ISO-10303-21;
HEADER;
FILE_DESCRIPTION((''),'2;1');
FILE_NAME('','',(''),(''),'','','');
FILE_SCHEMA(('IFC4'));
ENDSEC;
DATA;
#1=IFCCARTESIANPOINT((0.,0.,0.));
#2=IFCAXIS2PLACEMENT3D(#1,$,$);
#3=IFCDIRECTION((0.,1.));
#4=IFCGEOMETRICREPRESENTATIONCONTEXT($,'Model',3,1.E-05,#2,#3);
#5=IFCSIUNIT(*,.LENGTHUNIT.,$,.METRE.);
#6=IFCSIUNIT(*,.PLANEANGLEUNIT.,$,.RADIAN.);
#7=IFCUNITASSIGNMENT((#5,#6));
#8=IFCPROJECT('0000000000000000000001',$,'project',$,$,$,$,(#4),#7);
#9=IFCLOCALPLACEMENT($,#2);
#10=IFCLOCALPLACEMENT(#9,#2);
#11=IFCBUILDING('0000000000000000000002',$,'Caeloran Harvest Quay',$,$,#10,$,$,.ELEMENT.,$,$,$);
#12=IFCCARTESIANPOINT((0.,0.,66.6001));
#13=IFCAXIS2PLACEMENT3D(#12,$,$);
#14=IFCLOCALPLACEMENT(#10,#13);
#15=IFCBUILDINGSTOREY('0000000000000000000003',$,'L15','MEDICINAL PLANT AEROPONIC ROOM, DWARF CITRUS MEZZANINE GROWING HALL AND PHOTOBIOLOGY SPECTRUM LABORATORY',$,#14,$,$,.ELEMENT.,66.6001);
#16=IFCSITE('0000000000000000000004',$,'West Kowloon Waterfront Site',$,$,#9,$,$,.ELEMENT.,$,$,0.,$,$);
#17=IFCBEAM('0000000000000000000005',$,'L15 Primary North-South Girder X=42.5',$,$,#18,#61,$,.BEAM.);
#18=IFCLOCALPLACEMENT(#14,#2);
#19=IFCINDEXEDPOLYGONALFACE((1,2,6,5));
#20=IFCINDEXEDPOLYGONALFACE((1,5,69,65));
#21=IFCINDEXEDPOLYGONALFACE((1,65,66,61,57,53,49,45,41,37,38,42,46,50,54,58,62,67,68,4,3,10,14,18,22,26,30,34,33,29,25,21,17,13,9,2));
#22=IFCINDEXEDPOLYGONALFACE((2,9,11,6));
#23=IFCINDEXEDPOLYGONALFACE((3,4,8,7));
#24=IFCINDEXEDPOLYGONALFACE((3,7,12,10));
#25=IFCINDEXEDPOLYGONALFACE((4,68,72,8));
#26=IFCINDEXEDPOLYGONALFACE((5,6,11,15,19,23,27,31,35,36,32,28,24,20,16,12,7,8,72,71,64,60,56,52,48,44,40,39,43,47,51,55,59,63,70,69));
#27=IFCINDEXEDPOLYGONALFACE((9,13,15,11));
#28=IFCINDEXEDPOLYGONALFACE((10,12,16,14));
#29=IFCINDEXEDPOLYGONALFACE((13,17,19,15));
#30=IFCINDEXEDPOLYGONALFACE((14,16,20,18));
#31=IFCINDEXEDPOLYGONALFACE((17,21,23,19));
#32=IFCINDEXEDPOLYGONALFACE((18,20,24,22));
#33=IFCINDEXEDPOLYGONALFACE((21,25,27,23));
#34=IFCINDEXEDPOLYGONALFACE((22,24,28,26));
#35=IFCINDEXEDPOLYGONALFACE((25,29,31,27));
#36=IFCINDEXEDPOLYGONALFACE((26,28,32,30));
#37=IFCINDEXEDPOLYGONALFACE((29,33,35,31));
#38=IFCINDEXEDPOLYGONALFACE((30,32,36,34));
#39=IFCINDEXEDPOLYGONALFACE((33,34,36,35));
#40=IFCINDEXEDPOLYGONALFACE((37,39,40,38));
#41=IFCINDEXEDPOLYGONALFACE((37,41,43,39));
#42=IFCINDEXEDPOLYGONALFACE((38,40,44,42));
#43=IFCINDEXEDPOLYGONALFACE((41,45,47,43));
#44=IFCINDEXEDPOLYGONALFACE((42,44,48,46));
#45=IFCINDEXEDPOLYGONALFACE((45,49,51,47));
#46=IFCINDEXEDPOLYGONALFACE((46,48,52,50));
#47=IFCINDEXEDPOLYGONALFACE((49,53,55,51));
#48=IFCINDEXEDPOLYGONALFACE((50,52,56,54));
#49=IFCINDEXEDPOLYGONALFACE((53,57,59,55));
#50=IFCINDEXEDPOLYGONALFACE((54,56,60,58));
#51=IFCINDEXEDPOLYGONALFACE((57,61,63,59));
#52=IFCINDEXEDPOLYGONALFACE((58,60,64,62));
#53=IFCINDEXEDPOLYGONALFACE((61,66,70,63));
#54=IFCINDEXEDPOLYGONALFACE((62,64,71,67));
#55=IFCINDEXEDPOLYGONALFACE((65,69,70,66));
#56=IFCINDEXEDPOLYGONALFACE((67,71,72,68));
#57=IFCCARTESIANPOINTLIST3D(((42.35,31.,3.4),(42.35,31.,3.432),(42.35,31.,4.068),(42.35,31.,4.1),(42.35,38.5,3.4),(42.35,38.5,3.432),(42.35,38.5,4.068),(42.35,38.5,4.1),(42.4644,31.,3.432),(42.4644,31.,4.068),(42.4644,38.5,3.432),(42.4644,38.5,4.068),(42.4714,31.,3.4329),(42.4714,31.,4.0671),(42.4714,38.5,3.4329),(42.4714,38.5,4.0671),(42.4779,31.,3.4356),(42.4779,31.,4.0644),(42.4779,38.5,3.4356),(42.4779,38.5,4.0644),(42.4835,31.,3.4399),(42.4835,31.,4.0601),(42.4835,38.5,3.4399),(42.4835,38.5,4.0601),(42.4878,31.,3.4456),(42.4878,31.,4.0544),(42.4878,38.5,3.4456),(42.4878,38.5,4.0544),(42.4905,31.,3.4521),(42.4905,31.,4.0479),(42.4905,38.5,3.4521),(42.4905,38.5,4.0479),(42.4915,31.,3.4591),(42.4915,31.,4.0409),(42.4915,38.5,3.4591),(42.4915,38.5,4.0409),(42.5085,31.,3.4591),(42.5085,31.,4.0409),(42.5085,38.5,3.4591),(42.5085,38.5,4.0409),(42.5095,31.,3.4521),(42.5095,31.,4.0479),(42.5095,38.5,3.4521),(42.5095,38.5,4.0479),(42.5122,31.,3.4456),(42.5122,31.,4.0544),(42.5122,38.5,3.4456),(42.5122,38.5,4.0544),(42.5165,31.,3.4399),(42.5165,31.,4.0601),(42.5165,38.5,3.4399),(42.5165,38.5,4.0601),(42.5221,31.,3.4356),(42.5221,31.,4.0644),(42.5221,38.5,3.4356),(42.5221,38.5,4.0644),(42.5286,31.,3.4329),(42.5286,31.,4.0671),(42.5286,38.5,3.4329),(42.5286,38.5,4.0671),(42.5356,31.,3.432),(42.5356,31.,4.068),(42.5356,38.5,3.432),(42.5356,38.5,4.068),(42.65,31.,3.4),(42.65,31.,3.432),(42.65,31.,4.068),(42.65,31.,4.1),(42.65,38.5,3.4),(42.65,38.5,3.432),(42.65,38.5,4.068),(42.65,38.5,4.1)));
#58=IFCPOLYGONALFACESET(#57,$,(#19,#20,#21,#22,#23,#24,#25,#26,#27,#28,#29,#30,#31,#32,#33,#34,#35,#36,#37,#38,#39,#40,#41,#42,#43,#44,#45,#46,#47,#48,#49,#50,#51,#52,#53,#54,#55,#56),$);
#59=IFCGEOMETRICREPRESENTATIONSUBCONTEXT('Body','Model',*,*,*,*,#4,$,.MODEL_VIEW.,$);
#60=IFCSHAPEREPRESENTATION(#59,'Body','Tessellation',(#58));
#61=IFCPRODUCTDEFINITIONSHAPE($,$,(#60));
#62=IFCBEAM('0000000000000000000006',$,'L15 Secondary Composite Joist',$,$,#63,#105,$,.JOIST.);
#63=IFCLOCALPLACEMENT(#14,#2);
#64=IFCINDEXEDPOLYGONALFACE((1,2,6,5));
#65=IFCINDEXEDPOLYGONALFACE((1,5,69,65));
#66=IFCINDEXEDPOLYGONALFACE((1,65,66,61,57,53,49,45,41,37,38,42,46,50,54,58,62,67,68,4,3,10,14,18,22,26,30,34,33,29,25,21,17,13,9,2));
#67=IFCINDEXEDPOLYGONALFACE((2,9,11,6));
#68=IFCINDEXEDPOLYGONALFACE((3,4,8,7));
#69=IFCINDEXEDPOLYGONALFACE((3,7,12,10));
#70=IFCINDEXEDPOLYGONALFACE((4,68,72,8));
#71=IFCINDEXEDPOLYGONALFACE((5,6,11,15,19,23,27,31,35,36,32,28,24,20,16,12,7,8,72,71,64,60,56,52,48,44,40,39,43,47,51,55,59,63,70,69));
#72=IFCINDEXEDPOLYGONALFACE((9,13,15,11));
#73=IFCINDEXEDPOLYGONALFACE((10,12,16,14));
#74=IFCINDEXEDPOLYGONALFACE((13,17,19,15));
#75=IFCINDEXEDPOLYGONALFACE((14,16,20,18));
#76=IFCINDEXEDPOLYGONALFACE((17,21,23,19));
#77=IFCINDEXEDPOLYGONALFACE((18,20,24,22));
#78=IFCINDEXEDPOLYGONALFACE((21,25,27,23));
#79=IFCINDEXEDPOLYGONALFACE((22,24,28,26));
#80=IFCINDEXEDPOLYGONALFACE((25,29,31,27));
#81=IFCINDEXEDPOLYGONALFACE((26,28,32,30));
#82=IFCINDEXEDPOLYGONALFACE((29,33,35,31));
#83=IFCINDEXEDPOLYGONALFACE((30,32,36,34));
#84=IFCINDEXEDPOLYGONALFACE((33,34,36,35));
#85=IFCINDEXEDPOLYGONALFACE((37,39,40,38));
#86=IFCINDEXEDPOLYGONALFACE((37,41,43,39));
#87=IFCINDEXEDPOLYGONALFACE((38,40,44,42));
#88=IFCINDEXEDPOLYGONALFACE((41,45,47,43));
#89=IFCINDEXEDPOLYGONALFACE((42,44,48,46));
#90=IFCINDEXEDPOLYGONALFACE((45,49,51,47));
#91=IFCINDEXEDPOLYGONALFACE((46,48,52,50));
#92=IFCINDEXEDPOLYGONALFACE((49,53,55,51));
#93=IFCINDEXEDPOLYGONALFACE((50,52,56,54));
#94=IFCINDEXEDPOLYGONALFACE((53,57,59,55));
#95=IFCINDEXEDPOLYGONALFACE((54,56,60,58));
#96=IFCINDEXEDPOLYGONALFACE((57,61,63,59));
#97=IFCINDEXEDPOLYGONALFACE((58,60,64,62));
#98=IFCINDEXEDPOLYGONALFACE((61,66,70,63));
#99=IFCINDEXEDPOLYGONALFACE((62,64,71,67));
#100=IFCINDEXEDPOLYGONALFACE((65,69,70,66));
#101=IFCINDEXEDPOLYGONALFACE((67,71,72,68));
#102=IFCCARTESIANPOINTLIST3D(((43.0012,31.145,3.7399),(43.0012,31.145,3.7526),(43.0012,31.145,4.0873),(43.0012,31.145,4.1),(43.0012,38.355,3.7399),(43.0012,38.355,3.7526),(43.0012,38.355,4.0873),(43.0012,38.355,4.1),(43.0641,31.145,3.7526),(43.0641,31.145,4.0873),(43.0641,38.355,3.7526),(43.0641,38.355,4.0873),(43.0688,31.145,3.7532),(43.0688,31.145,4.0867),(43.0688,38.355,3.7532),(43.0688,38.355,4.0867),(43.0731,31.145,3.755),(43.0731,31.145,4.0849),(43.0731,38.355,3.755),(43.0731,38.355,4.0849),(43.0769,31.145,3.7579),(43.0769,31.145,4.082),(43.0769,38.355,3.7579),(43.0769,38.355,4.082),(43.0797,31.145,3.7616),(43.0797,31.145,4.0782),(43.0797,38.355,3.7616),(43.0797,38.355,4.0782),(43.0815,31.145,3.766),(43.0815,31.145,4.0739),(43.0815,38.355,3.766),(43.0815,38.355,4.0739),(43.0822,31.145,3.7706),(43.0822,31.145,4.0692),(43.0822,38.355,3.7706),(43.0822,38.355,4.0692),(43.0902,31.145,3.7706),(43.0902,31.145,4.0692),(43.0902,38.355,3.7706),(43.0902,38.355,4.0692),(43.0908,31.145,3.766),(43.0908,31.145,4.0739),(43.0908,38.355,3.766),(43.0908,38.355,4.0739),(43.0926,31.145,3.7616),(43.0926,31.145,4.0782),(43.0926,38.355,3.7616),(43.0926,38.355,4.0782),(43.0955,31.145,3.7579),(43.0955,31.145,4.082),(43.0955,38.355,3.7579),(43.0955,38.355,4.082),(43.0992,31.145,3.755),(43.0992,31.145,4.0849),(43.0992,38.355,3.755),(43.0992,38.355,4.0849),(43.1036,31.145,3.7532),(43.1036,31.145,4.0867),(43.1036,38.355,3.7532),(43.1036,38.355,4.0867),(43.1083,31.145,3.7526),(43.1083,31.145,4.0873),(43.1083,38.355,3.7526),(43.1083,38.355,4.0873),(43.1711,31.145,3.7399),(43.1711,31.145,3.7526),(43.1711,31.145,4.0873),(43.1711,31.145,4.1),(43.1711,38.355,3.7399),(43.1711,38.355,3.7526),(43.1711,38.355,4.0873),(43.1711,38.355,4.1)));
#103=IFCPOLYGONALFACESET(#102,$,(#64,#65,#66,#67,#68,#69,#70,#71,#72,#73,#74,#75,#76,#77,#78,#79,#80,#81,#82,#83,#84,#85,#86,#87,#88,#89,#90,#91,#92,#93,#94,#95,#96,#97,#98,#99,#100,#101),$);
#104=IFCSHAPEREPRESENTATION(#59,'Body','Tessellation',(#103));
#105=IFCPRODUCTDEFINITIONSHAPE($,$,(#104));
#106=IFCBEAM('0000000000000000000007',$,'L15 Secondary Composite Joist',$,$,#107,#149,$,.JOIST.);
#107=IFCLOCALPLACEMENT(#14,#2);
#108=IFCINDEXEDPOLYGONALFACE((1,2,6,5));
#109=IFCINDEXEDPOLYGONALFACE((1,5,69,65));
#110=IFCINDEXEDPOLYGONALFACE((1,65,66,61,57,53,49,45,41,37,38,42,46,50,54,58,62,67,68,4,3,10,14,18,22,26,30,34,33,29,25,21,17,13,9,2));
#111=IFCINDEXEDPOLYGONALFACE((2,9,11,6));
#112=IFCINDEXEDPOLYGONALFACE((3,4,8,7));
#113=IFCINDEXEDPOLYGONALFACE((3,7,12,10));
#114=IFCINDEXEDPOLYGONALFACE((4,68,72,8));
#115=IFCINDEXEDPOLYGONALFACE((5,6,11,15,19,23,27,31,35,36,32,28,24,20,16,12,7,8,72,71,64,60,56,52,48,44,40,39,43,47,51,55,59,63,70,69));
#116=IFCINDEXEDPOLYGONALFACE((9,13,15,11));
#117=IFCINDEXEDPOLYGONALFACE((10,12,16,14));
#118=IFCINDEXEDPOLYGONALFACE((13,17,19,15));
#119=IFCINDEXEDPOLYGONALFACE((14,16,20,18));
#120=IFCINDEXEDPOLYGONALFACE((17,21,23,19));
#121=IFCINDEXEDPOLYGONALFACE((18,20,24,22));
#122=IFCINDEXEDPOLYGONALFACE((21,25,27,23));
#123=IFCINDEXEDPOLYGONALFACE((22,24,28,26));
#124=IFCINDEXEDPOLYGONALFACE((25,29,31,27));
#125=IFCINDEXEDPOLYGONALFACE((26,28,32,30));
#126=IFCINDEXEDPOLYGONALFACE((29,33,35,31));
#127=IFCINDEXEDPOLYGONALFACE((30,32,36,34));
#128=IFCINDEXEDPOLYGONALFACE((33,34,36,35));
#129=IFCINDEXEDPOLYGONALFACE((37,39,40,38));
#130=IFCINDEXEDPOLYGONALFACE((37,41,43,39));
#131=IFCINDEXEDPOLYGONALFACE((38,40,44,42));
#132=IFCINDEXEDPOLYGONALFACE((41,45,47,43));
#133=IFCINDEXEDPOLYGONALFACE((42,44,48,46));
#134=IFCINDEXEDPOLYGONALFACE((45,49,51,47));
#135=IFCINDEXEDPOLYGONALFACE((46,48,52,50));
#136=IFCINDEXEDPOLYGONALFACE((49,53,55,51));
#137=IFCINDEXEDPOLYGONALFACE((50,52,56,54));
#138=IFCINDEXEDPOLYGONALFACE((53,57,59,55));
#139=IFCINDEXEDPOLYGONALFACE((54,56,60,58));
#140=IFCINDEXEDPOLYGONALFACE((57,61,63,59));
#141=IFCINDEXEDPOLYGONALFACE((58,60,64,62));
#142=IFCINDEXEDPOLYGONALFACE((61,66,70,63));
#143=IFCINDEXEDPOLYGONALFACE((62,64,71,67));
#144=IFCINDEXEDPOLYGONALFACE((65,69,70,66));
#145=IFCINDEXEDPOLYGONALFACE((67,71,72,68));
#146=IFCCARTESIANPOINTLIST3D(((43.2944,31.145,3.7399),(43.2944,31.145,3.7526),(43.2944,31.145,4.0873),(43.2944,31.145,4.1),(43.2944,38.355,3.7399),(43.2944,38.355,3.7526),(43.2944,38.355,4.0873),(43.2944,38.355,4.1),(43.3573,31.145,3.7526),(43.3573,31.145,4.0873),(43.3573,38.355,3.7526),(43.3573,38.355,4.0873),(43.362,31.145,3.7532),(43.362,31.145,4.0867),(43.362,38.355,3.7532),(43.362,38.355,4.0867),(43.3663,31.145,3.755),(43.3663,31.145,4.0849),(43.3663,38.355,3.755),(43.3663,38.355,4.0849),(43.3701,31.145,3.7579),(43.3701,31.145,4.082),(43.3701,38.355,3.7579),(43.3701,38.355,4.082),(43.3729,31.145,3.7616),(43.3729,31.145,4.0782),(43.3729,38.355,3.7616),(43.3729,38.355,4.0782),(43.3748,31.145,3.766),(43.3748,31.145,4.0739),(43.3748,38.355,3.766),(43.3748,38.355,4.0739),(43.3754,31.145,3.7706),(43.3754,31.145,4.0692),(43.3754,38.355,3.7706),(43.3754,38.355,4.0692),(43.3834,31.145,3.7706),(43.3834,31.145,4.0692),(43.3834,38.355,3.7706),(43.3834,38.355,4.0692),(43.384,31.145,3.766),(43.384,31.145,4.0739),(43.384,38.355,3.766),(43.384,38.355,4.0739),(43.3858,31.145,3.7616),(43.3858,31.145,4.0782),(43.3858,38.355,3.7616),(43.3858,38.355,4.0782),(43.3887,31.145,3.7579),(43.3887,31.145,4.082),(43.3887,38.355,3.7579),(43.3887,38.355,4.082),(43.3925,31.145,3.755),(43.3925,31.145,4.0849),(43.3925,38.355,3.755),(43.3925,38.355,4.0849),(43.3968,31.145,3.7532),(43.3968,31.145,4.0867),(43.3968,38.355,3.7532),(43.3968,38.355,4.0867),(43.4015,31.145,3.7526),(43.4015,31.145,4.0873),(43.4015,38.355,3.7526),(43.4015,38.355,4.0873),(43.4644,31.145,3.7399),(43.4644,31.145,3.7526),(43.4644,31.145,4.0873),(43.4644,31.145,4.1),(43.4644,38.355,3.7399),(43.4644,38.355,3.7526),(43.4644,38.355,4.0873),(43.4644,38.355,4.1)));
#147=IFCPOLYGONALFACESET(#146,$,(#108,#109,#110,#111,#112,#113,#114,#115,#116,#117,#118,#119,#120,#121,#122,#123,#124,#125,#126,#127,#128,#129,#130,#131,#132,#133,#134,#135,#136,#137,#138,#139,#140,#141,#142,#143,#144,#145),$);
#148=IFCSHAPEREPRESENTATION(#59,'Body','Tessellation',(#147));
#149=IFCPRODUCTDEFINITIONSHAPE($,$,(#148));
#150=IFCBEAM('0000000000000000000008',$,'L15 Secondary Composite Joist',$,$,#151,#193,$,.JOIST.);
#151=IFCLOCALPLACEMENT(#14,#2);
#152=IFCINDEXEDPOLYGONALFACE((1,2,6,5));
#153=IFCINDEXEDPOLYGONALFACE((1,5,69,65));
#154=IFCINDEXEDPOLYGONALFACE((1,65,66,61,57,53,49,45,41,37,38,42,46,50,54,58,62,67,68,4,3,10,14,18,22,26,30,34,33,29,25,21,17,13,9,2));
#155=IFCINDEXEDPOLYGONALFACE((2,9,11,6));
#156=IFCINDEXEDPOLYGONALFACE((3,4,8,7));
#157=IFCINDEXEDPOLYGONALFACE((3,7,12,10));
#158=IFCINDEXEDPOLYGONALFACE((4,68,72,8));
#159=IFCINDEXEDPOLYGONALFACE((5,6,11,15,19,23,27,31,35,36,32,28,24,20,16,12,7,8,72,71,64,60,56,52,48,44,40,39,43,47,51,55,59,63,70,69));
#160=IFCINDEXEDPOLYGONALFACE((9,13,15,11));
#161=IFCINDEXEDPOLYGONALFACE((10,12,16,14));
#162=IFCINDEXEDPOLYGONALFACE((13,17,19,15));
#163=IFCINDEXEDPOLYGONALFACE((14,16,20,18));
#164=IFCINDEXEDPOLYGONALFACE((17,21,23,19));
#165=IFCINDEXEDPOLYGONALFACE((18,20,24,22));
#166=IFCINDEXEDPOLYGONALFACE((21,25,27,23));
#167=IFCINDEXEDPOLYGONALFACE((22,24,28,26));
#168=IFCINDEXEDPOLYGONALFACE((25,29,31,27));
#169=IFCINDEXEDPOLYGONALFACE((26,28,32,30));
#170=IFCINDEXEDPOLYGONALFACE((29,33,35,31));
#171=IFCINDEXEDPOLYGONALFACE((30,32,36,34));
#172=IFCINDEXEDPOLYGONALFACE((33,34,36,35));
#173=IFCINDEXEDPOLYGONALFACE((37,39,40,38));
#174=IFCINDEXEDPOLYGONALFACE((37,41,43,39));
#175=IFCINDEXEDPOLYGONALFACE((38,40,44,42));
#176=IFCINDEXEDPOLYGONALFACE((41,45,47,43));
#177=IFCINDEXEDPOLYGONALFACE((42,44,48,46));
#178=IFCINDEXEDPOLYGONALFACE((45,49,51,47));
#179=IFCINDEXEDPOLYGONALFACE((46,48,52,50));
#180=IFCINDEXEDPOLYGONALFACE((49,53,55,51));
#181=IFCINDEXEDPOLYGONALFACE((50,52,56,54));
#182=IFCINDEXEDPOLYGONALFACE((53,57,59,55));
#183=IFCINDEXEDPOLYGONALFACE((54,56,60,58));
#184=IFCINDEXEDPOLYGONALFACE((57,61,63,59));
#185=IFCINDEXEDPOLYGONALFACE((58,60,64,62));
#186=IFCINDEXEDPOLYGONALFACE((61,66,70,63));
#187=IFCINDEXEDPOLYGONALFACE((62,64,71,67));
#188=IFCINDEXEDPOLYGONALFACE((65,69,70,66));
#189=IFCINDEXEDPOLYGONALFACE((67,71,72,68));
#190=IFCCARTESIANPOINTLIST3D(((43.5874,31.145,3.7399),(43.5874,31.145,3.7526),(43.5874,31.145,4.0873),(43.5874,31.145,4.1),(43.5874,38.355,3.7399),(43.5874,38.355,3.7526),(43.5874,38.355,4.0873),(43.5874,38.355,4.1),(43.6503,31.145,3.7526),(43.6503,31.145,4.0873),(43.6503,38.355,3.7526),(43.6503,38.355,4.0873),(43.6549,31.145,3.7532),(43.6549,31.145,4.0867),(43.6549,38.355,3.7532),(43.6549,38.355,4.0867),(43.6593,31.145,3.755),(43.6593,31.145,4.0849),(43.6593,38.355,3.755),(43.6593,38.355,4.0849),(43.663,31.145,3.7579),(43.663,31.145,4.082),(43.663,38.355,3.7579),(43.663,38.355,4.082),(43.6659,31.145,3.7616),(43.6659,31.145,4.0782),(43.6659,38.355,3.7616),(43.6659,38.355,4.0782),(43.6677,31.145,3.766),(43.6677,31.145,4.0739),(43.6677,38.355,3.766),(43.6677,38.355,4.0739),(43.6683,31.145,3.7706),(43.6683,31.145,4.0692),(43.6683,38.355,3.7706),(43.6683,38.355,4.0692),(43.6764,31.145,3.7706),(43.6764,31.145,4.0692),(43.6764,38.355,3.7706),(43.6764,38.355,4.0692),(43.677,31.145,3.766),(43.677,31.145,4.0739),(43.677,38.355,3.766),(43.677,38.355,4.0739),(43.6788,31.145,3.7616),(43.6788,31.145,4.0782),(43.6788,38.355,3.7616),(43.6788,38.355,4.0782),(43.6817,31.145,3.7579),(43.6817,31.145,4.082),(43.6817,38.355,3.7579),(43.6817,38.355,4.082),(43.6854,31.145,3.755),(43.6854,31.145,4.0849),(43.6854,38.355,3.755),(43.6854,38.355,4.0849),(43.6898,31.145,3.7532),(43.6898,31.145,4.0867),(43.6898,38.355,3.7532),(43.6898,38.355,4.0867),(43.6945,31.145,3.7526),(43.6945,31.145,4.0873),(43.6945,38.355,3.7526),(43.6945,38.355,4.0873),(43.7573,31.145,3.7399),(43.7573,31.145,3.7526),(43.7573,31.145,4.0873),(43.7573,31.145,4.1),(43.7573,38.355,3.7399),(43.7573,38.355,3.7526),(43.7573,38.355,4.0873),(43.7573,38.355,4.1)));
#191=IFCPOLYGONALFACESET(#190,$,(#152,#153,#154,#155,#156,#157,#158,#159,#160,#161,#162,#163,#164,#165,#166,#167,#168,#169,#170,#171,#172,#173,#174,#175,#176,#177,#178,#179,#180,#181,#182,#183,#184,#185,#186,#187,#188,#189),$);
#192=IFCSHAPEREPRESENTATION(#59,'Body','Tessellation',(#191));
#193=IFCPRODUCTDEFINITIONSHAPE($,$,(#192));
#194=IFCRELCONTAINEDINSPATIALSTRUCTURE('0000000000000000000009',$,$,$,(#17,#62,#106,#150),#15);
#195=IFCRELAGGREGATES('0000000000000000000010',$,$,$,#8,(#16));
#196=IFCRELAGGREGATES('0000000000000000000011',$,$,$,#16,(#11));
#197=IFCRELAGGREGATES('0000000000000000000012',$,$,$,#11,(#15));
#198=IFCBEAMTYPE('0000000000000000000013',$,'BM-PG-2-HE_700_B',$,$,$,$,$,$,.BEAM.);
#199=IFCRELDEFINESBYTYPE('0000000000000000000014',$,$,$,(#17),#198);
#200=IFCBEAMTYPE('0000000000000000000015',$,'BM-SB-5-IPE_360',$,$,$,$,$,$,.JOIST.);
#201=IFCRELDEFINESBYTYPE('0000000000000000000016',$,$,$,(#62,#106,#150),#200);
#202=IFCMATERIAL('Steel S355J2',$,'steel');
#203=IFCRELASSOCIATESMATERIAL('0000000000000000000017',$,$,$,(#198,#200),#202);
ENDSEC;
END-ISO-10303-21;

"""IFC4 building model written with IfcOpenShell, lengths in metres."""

from ifc_helpers import new_model, si_unit, direction, frame, origin, origin_2d, place, context, subcontext, project, spatial, i_section, extrude, material, material_profile, profile_set, type_object, element, save


model = new_model("IFC4")

# Units and contexts
model_context = context("Model", 3, precision=1e-05, world=origin(), true_north=direction((0.0, 1.0)))
body_context = subcontext(model_context, "Body", "Model", "MODEL_VIEW")
ifc_project = project(units=[si_unit("LENGTHUNIT", "METRE"), si_unit("PLANEANGLEUNIT", "RADIAN")], contexts=[model_context])

# Site, building, storey
site_placement = place(None, origin())
site = spatial("IfcSite", under=ifc_project, at=site_placement, Name="West Kowloon Waterfront Site", CompositionType="ELEMENT", RefElevation=0.0)
building_placement = place(site_placement, origin())
building = spatial("IfcBuilding", under=site, at=building_placement, Name="Caeloran Harvest Quay", CompositionType="ELEMENT")
storey_placement = place(building_placement, frame((0.0, 0.0, 66.6001)))
storey = spatial("IfcBuildingStorey", under=building, at=storey_placement, Name="L15", Description="MEDICINAL PLANT AEROPONIC ROOM, DWARF CITRUS MEZZANINE GROWING HALL AND PHOTOBIOLOGY SPECTRUM LABORATORY", CompositionType="ELEMENT", Elevation=66.6001)

# Beams
ifc_material_1 = material(Name="Steel S355J2", Category="steel")
ifc_material_profile_1 = material_profile(ifc_material_1, i_section(OverallWidth=0.3, OverallDepth=0.7, WebThickness=0.0171, FlangeThickness=0.032, FilletRadius=0.0271, at=origin_2d()), Name="HE 700 B")
ifc_profile_set_1 = profile_set([ifc_material_profile_1], Name="Steel S355J2")
beam_type_1 = type_object("IfcBeamType", Name="BM-PG-2-HE_700_B", PredefinedType="BEAM", material=ifc_profile_set_1)
beam_placement = place(storey_placement, frame((42.5, 31.0, 3.75), z_axis=(0.0, 1.0, 0.0), x_axis=(-1.0, 0.0, 0.0)))
element("IfcBeam", 1, at=beam_placement, inside=storey, type_object=beam_type_1, Name="L15 Primary North-South Girder X=42.5", PredefinedType="BEAM", context=body_context, shape_type="SweptSolid", body=[
    extrude(i_section(OverallWidth=0.3, OverallDepth=0.7, WebThickness=0.0171, FlangeThickness=0.032, FilletRadius=0.0271, at=origin_2d()), origin(), (0.0, 0.0, 1.0), 7.5),
])
ifc_material_profile_2 = material_profile(ifc_material_1, i_section(OverallWidth=0.1699, OverallDepth=0.3601, WebThickness=0.0081, FlangeThickness=0.0127, FilletRadius=0.0181, at=origin_2d()), Name="IPE 360")
ifc_profile_set_2 = profile_set([ifc_material_profile_2], Name="Steel S355J2")
beam_type_2 = type_object("IfcBeamType", Name="BM-SB-5-IPE_360", PredefinedType="JOIST", material=ifc_profile_set_2)
for number, where, z_axis, x_axis, name in (
    (2, (43.0862, 31.145, 3.9199), (0.0, 1.0, 0.0), (-1.0, 0.0, 0.0), "L15 Secondary Composite Joist"),
    (3, (43.3794, 31.145, 3.9199), (0.0, 1.0, 0.0), (-1.0, 0.0, 0.0), "L15 Secondary Composite Joist"),
    (4, (43.6724, 31.145, 3.9199), (0.0, 1.0, 0.0), (-1.0, 0.0, 0.0), "L15 Secondary Composite Joist"),
):
    element("IfcBeam", number, at=place(storey_placement, frame(where, z_axis=z_axis, x_axis=x_axis)), inside=storey, type_object=beam_type_2, Name=name, PredefinedType="JOIST", context=body_context, shape_type="SweptSolid", body=[
        extrude(i_section(OverallWidth=0.1699, OverallDepth=0.3601, WebThickness=0.0081, FlangeThickness=0.0127, FilletRadius=0.0181, at=origin_2d()), origin(), (0.0, 0.0, 1.0), 7.21),
    ])

save(model, "model.ifc")
